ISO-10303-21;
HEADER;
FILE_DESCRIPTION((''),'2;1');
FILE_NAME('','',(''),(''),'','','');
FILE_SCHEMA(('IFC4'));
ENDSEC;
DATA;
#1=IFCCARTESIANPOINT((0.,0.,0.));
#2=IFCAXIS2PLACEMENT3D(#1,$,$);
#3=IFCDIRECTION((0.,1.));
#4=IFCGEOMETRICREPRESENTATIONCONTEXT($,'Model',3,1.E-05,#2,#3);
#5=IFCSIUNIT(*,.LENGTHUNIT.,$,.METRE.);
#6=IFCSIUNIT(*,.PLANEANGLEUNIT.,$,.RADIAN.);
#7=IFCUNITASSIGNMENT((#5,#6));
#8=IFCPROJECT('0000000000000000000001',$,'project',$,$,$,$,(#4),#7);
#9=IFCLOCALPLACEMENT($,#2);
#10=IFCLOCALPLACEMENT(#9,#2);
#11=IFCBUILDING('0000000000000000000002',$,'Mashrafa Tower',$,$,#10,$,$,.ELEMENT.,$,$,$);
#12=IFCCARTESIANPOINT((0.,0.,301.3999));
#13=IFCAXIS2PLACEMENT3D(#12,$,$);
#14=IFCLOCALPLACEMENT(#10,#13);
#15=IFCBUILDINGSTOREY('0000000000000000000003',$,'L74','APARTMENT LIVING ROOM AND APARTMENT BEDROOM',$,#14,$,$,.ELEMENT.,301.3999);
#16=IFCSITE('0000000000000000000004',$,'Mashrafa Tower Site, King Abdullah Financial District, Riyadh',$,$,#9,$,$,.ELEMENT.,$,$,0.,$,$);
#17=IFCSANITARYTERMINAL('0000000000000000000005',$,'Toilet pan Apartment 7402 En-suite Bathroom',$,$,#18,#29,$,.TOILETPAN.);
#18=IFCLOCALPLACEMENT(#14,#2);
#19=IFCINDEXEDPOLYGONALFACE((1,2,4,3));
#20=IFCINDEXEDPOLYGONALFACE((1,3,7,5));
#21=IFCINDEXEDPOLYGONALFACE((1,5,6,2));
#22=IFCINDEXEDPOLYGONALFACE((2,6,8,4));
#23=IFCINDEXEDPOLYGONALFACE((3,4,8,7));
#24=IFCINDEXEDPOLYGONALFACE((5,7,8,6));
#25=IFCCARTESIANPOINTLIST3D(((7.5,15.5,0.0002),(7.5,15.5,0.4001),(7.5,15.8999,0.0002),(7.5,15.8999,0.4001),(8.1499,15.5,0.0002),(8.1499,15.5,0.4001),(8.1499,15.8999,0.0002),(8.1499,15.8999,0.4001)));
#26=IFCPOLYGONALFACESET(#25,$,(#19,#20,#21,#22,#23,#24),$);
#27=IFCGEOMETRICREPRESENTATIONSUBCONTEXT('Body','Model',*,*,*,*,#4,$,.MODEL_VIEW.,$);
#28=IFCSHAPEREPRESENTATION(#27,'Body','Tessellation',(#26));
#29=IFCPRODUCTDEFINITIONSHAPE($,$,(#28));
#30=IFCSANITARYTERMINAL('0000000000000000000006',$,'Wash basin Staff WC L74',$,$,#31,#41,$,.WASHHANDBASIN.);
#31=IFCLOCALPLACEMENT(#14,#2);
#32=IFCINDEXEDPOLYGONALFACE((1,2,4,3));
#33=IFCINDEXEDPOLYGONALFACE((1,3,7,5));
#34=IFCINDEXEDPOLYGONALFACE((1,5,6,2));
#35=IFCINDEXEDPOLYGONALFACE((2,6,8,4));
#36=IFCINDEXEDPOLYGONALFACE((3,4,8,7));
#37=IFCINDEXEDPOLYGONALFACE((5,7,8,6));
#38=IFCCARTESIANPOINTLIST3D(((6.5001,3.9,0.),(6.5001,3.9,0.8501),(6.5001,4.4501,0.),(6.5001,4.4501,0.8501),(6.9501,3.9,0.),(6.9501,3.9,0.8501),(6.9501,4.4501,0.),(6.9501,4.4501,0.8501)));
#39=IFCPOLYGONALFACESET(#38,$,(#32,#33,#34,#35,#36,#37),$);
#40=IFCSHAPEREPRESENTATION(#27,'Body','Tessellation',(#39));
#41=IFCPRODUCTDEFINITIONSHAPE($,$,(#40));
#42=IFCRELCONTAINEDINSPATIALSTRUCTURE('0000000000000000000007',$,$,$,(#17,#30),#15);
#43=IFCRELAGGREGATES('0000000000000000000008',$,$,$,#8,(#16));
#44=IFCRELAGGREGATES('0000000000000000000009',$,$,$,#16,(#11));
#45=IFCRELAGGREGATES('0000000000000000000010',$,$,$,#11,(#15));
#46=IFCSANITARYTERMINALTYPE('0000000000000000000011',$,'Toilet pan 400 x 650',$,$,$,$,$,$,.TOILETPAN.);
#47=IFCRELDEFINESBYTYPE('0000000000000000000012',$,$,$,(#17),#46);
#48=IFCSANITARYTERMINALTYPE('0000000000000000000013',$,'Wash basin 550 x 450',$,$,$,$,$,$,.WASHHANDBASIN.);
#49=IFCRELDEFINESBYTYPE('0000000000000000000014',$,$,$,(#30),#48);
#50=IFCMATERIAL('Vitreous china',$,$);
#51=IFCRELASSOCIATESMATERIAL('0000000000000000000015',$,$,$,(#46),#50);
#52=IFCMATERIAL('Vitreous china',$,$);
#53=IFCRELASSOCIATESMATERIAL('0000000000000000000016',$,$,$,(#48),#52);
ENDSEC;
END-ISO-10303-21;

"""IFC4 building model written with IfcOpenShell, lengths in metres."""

from ifc_helpers import new_model, si_unit, direction, frame, origin, origin_2d, place, context, subcontext, project, spatial, rectangle, extrude, material, type_object, element, save


model = new_model("IFC4")

# Units and contexts
model_context = context("Model", 3, precision=1e-05, world=origin(), true_north=direction((0.0, 1.0)))
body_context = subcontext(model_context, "Body", "Model", "MODEL_VIEW")
ifc_project = project(units=[si_unit("LENGTHUNIT", "METRE"), si_unit("PLANEANGLEUNIT", "RADIAN")], contexts=[model_context])

# Site, building, storey
site_placement = place(None, origin())
site = spatial("IfcSite", under=ifc_project, at=site_placement, Name="Mashrafa Tower Site, King Abdullah Financial District, Riyadh", CompositionType="ELEMENT", RefElevation=0.0)
building_placement = place(site_placement, origin())
building = spatial("IfcBuilding", under=site, at=building_placement, Name="Mashrafa Tower", CompositionType="ELEMENT")
storey_placement = place(building_placement, frame((0.0, 0.0, 301.3999)))
storey = spatial("IfcBuildingStorey", under=building, at=storey_placement, Name="L74", Description="APARTMENT LIVING ROOM AND APARTMENT BEDROOM", CompositionType="ELEMENT", Elevation=301.3999)

# Sanitary terminals
ifc_material_1 = material(Name="Vitreous china")
sanitary_terminal_type_1 = type_object("IfcSanitaryTerminalType", Name="Toilet pan 400 x 650", PredefinedType="TOILETPAN", material=ifc_material_1)
for number, where, z_axis, x_axis, name in (
    (1, (7.825, 15.7, 0.0002), (0.0, 0.0, 1.0), (0.0, 1.0, 0.0), "Toilet pan Apartment 7402 En-suite Bathroom"),
):
    element("IfcSanitaryTerminal", number, at=place(storey_placement, frame(where, z_axis=z_axis, x_axis=x_axis)), inside=storey, type_object=sanitary_terminal_type_1, Name=name, PredefinedType="TOILETPAN", context=body_context, shape_type="SweptSolid", body=[
        extrude(rectangle(XDim=0.3999, YDim=0.6499, at=origin_2d()), origin(), (0.0, 0.0, 1.0), 0.3999),
    ])
ifc_material_2 = material(Name="Vitreous china")
sanitary_terminal_type_2 = type_object("IfcSanitaryTerminalType", Name="Wash basin 550 x 450", PredefinedType="WASHHANDBASIN", material=ifc_material_2)
sanitary_terminal_placement = place(storey_placement, frame((6.7251, 4.175, 0.0), z_axis=(0.0, 0.0, 1.0), x_axis=(0.0, 1.0, 0.0)))
element("IfcSanitaryTerminal", 2, at=sanitary_terminal_placement, inside=storey, type_object=sanitary_terminal_type_2, Name="Wash basin Staff WC L74", PredefinedType="WASHHANDBASIN", context=body_context, shape_type="SweptSolid", body=[
    extrude(rectangle(XDim=0.55, YDim=0.45, at=origin_2d()), origin(), (0.0, 0.0, 1.0), 0.8501),
])

save(model, "model.ifc")
